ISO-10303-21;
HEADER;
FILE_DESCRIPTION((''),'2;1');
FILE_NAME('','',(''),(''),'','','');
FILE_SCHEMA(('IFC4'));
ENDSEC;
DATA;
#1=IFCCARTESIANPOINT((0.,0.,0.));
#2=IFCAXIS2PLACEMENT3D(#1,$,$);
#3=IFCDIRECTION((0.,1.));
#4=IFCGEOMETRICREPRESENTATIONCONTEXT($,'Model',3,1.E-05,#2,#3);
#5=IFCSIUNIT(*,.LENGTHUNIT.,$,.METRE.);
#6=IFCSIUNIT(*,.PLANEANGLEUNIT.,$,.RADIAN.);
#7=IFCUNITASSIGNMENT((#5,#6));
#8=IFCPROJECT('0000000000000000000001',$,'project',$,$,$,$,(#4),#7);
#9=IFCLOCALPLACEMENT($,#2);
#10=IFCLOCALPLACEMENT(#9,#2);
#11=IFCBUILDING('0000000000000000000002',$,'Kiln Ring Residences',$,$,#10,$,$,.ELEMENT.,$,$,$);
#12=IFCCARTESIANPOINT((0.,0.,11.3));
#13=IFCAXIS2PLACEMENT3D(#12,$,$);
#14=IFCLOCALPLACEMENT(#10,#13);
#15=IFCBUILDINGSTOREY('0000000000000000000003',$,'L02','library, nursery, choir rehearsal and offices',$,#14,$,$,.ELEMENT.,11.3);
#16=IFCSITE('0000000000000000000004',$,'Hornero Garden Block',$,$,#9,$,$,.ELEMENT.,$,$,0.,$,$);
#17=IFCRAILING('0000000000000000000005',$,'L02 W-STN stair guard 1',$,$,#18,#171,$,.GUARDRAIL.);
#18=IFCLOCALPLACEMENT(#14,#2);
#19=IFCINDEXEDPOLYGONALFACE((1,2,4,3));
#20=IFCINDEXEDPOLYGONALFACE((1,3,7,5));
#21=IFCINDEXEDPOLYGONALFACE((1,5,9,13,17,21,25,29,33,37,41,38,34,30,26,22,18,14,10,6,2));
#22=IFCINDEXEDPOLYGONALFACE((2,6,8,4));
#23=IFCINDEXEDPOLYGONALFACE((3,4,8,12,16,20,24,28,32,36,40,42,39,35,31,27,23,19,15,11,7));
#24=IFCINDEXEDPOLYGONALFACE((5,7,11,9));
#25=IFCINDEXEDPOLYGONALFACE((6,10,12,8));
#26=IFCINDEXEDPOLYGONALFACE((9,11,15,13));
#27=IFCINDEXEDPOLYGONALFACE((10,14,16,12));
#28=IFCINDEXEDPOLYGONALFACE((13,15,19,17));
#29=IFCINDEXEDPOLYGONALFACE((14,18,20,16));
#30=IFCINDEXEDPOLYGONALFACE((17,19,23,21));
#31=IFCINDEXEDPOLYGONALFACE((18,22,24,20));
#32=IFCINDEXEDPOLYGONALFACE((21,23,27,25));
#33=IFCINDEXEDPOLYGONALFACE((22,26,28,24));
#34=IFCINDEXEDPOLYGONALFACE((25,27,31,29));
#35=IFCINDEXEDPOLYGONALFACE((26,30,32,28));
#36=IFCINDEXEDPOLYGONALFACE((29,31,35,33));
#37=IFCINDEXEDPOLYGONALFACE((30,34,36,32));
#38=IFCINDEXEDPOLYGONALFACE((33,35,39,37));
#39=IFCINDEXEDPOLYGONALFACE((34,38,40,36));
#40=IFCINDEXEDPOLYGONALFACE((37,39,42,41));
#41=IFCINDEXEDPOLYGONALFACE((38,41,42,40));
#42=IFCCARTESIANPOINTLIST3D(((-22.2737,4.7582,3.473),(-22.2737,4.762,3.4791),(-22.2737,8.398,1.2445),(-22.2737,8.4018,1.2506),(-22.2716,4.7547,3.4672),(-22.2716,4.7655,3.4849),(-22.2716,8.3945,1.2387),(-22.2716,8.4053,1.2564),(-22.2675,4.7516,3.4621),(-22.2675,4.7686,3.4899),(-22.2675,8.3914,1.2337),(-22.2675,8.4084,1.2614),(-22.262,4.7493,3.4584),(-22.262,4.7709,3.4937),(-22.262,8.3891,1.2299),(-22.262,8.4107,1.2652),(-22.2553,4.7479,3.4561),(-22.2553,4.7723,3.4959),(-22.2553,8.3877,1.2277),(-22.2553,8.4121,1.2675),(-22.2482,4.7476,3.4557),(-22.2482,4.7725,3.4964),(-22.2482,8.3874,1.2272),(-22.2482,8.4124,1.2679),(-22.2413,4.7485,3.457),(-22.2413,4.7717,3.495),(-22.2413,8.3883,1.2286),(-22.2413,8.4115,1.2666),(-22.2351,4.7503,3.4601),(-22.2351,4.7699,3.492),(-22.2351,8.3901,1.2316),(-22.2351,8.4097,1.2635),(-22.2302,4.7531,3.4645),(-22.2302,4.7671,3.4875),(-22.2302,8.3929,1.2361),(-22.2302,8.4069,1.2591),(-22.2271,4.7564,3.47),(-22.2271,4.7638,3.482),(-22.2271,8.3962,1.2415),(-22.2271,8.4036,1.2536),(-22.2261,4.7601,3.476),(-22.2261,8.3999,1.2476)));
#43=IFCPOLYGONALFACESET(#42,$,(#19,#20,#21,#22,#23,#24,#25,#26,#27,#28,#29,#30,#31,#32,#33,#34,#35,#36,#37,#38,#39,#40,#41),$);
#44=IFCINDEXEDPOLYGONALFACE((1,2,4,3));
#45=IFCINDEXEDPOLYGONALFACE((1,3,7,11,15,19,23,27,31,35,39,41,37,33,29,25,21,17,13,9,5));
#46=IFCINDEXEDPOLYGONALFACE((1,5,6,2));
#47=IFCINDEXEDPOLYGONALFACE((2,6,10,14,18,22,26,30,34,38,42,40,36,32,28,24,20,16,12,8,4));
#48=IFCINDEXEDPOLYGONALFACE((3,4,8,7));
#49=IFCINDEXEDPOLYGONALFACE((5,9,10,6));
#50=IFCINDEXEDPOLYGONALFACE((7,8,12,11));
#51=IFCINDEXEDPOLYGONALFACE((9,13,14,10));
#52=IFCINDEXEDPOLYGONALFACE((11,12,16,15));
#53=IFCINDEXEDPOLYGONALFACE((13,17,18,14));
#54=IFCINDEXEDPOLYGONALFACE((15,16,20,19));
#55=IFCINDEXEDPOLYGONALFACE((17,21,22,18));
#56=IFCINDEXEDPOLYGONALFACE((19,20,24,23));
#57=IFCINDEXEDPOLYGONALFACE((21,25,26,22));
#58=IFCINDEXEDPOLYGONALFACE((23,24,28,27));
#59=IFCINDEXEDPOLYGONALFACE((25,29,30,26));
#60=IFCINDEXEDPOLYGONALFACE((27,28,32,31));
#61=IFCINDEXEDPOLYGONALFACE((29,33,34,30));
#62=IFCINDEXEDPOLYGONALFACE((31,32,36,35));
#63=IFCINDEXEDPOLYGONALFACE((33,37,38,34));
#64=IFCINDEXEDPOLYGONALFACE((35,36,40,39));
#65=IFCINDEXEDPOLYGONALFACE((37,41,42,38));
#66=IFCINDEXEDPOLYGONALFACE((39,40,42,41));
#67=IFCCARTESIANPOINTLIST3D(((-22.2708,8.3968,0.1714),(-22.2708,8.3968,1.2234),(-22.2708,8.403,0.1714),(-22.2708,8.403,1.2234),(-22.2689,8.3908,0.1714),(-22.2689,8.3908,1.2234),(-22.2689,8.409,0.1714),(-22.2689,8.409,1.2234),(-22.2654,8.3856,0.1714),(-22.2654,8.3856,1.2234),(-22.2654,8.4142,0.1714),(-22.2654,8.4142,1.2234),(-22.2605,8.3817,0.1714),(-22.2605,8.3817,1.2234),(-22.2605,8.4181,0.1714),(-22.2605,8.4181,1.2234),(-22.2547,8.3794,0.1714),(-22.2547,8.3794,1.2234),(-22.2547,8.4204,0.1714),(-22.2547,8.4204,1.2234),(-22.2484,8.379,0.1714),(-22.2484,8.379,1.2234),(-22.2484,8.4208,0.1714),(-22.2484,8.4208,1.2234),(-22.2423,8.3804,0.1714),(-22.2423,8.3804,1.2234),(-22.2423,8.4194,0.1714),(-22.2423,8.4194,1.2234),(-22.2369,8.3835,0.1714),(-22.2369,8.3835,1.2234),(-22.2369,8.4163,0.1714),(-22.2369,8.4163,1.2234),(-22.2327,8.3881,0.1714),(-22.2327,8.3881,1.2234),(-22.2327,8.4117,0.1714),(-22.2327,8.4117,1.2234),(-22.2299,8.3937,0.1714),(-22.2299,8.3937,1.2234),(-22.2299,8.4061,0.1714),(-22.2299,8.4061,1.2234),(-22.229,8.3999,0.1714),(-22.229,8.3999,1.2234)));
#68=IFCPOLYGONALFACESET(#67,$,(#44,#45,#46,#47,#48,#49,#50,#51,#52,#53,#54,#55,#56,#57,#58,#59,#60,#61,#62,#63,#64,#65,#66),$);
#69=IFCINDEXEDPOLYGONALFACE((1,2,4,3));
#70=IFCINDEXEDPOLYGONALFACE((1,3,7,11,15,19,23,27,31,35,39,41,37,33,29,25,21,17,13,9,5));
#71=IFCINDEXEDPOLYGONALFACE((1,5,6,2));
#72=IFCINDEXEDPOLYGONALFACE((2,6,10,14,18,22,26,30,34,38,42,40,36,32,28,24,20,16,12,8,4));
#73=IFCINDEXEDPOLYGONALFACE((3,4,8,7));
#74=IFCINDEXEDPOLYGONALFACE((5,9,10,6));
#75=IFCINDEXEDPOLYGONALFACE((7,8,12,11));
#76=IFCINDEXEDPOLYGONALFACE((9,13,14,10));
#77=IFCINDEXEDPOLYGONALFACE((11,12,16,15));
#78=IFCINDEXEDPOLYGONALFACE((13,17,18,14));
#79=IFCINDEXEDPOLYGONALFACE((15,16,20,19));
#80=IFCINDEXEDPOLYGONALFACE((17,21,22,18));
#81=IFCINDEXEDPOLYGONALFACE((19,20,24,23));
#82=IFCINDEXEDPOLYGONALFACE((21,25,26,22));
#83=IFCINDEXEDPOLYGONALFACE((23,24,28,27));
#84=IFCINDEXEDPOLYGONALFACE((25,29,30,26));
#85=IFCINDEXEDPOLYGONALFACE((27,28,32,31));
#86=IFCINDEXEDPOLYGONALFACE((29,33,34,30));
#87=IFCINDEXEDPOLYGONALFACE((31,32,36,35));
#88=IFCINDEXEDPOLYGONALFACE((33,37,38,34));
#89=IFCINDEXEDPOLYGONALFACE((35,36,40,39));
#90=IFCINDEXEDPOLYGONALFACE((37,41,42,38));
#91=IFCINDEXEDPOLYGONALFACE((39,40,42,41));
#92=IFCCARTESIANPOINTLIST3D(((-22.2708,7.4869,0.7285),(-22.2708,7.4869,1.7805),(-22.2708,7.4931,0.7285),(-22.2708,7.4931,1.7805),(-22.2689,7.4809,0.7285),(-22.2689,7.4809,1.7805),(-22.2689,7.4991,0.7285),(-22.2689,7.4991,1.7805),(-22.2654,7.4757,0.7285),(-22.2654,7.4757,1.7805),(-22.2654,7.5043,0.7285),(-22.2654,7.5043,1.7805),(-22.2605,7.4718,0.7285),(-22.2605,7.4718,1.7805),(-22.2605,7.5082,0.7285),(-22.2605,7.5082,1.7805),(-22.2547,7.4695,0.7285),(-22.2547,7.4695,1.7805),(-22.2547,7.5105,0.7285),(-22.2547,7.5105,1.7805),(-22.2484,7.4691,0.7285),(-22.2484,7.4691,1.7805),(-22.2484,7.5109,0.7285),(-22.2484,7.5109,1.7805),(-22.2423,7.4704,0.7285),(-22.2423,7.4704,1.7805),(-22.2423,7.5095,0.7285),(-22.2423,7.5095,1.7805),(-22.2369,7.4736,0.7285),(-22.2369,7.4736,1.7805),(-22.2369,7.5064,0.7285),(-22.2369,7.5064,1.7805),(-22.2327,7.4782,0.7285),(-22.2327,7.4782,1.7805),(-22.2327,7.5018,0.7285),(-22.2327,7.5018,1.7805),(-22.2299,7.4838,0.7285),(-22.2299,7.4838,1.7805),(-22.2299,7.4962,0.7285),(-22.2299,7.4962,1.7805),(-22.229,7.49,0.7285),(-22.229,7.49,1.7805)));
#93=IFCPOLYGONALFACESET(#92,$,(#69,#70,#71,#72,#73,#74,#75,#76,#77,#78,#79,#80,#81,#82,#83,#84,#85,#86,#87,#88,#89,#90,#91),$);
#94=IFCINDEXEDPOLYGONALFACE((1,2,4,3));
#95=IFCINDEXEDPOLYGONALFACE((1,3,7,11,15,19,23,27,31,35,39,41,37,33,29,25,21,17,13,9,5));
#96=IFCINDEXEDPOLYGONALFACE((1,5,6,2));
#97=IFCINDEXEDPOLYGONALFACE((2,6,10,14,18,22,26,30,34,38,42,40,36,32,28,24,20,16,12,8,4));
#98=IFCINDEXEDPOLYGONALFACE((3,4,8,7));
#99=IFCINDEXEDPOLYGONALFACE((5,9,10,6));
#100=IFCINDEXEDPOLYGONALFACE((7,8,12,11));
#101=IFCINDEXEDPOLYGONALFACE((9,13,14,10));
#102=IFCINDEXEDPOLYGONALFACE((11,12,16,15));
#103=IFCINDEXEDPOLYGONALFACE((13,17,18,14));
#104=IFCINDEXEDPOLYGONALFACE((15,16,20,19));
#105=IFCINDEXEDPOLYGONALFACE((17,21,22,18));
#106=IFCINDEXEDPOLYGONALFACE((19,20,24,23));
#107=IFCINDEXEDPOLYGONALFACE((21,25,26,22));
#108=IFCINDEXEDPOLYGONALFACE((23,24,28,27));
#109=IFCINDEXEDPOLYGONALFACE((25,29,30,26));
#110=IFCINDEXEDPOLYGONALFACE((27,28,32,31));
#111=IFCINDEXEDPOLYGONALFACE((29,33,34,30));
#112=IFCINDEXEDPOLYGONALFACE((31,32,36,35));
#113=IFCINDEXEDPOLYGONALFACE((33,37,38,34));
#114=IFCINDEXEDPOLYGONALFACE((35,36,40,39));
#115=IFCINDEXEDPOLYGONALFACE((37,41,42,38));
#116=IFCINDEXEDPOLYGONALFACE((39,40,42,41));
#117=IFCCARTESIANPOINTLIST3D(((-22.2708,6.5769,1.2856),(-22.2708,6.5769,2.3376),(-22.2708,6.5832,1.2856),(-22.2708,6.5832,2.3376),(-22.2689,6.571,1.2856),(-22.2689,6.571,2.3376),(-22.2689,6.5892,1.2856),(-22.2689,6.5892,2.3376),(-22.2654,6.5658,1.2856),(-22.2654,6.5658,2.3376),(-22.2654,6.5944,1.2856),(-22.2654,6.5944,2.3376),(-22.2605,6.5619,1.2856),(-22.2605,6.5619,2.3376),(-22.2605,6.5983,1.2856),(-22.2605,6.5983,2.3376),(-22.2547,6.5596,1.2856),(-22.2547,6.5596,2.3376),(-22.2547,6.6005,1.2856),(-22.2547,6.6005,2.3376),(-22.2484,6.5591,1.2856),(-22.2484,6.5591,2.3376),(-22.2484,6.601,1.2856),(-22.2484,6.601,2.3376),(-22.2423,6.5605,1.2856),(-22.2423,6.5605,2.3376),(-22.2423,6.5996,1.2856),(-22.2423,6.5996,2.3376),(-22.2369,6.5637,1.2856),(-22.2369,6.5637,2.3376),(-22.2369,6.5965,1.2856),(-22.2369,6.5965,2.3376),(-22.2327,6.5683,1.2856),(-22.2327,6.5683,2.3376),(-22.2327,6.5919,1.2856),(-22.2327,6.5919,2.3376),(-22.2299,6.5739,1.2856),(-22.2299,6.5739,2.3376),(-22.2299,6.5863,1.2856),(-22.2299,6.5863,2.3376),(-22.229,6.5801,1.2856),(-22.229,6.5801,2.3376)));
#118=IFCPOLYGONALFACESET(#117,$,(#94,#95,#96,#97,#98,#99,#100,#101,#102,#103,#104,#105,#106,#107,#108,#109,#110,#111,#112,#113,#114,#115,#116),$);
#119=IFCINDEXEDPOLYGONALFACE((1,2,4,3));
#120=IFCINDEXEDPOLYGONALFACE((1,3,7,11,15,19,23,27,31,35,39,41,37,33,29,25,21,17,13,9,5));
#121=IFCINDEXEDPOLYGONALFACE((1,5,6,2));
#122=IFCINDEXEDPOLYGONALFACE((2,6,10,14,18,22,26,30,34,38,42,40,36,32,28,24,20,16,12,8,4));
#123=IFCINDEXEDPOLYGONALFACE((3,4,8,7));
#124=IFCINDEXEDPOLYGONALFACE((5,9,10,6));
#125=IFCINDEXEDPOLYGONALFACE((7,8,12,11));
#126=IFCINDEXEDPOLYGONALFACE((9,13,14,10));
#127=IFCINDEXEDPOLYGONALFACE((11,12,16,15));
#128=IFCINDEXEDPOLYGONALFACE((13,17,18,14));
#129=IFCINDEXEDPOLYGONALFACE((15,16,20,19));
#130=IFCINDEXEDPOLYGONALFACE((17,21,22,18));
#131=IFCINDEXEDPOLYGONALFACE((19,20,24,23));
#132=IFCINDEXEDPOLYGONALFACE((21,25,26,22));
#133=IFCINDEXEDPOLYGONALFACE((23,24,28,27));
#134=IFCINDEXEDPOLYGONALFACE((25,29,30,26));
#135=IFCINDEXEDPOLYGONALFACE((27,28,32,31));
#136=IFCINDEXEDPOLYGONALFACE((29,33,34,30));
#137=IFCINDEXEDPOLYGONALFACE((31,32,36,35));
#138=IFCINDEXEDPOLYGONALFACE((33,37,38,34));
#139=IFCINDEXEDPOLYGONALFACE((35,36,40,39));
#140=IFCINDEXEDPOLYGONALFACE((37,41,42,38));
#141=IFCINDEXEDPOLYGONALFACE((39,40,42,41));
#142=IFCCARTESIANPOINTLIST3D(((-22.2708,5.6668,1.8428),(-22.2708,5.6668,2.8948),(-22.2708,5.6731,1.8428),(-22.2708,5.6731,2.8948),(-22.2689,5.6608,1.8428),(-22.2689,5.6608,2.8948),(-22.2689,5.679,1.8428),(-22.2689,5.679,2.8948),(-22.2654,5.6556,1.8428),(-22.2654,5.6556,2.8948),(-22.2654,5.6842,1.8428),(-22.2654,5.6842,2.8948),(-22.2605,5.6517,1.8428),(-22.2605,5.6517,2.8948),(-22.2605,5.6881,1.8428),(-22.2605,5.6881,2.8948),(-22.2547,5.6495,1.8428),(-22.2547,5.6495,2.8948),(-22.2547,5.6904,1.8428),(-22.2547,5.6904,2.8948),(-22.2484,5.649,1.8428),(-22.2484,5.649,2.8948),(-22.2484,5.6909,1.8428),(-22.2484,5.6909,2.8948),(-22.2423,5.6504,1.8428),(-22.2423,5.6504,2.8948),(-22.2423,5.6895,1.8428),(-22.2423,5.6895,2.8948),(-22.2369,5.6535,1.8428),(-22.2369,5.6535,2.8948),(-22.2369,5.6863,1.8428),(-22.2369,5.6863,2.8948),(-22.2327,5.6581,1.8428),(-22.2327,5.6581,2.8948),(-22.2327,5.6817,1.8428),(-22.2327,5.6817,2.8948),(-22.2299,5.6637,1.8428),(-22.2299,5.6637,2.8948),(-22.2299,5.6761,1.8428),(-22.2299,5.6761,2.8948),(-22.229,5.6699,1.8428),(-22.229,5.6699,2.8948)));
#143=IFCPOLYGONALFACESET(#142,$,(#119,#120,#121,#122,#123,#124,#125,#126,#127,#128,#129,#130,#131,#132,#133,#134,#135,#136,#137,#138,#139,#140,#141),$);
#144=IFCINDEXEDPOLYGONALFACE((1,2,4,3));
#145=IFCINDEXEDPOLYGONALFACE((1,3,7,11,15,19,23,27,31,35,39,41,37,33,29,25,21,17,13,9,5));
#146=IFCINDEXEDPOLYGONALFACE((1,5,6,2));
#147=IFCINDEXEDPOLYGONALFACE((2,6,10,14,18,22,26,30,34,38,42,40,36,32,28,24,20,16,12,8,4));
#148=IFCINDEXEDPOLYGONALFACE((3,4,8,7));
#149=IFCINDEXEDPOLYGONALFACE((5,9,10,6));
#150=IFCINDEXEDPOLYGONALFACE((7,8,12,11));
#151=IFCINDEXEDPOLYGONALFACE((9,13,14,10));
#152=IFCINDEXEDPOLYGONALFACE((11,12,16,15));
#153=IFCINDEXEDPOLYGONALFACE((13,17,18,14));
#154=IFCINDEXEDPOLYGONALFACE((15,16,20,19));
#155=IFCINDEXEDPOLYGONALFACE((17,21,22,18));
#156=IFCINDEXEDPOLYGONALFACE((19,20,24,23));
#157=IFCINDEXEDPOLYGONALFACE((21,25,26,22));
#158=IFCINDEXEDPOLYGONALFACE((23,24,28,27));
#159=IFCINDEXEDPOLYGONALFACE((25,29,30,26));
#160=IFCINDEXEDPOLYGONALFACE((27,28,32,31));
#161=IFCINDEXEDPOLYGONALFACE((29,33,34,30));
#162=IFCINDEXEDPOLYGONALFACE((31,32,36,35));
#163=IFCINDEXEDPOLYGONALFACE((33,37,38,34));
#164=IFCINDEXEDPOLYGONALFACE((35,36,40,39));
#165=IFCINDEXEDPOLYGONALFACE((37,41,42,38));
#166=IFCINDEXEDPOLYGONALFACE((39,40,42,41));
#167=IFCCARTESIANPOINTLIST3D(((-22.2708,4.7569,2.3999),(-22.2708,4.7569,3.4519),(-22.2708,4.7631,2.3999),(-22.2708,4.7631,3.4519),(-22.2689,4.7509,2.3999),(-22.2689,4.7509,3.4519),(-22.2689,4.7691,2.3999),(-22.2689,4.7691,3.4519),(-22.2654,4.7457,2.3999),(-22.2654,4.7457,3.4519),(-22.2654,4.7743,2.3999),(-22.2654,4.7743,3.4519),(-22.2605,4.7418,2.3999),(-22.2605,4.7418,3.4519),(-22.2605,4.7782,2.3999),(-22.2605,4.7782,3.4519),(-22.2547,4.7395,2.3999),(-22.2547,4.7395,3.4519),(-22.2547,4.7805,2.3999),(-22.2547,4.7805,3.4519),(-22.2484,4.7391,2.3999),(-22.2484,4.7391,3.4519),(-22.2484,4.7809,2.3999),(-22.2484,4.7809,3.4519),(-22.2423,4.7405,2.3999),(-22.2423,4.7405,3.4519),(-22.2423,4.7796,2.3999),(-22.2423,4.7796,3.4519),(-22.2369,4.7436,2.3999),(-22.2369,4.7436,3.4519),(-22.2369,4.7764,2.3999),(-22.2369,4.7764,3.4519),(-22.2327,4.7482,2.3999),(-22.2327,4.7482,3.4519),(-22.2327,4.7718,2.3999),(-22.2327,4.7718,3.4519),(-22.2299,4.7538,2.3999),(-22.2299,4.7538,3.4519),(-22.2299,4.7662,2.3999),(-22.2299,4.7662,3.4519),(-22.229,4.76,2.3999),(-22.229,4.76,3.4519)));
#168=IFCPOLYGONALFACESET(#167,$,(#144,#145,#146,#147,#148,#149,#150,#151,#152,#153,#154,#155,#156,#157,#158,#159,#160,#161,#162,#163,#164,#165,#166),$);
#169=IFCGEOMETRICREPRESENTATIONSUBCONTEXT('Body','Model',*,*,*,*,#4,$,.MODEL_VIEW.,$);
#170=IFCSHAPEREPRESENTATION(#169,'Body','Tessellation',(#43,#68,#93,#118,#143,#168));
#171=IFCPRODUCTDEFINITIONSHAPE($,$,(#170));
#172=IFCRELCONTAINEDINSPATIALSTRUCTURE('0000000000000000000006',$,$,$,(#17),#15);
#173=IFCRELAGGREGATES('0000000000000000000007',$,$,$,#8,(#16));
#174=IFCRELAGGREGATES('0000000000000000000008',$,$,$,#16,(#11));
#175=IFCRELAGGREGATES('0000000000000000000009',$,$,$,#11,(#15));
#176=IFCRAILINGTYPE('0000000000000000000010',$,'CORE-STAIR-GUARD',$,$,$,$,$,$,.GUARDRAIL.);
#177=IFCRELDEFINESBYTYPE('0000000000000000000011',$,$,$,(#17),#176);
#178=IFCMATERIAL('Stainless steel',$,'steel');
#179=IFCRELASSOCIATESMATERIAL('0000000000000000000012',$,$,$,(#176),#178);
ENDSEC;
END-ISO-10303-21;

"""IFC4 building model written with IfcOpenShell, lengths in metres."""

from ifc_helpers import new_model, si_unit, direction, frame, origin, origin_2d, place, context, subcontext, project, spatial, circle, extrude, material, type_object, element, save


model = new_model("IFC4")

# Units and contexts
model_context = context("Model", 3, precision=1e-05, world=origin(), true_north=direction((0.0, 1.0)))
body_context = subcontext(model_context, "Body", "Model", "MODEL_VIEW")
ifc_project = project(units=[si_unit("LENGTHUNIT", "METRE"), si_unit("PLANEANGLEUNIT", "RADIAN")], contexts=[model_context])

# Site, building, storey
site_placement = place(None, origin())
site = spatial("IfcSite", under=ifc_project, at=site_placement, Name="Hornero Garden Block", CompositionType="ELEMENT", RefElevation=0.0)
building_placement = place(site_placement, origin())
building = spatial("IfcBuilding", under=site, at=building_placement, Name="Kiln Ring Residences", CompositionType="ELEMENT")
storey_placement = place(building_placement, frame((0.0, 0.0, 11.3)))
storey = spatial("IfcBuildingStorey", under=building, at=storey_placement, Name="L02", Description="library, nursery, choir rehearsal and offices", CompositionType="ELEMENT", Elevation=11.3)

# Railing
ifc_material_1 = material(Name="Stainless steel", Category="steel")
railing_type = type_object("IfcRailingType", Name="CORE-STAIR-GUARD", PredefinedType="GUARDRAIL", material=ifc_material_1)
railing_1_placement = place(storey_placement, frame((-22.25, 8.3999, 0.1714)))
element("IfcRailing", 1, at=railing_1_placement, inside=storey, type_object=railing_type, Name="L02 W-STN stair guard 1", PredefinedType="GUARDRAIL", context=body_context, shape_type="SweptSolid", body=[
    extrude(circle(Radius=0.0239, at=origin_2d()), frame((0.0, 0.0, 1.0762), z_axis=(0.0, -0.85285, 0.522156), x_axis=(1.0, 0.0, 0.0)), (0.0, 0.0, 1.0), 4.2678),
    extrude(circle(Radius=0.021, at=origin_2d()), origin(), (0.0, 0.0, 1.0), 1.052),
    extrude(circle(Radius=0.021, at=origin_2d()), frame((0.0, -0.9099, 0.5571)), (0.0, 0.0, 1.0), 1.052),
    extrude(circle(Radius=0.021, at=origin_2d()), frame((0.0, -1.8198, 1.1143)), (0.0, 0.0, 1.0), 1.052),
    extrude(circle(Radius=0.021, at=origin_2d()), frame((0.0, -2.73, 1.6714)), (0.0, 0.0, 1.0), 1.052),
    extrude(circle(Radius=0.021, at=origin_2d()), frame((0.0, -3.6399, 2.2285)), (0.0, 0.0, 1.0), 1.052),
])

save(model, "model.ifc")
